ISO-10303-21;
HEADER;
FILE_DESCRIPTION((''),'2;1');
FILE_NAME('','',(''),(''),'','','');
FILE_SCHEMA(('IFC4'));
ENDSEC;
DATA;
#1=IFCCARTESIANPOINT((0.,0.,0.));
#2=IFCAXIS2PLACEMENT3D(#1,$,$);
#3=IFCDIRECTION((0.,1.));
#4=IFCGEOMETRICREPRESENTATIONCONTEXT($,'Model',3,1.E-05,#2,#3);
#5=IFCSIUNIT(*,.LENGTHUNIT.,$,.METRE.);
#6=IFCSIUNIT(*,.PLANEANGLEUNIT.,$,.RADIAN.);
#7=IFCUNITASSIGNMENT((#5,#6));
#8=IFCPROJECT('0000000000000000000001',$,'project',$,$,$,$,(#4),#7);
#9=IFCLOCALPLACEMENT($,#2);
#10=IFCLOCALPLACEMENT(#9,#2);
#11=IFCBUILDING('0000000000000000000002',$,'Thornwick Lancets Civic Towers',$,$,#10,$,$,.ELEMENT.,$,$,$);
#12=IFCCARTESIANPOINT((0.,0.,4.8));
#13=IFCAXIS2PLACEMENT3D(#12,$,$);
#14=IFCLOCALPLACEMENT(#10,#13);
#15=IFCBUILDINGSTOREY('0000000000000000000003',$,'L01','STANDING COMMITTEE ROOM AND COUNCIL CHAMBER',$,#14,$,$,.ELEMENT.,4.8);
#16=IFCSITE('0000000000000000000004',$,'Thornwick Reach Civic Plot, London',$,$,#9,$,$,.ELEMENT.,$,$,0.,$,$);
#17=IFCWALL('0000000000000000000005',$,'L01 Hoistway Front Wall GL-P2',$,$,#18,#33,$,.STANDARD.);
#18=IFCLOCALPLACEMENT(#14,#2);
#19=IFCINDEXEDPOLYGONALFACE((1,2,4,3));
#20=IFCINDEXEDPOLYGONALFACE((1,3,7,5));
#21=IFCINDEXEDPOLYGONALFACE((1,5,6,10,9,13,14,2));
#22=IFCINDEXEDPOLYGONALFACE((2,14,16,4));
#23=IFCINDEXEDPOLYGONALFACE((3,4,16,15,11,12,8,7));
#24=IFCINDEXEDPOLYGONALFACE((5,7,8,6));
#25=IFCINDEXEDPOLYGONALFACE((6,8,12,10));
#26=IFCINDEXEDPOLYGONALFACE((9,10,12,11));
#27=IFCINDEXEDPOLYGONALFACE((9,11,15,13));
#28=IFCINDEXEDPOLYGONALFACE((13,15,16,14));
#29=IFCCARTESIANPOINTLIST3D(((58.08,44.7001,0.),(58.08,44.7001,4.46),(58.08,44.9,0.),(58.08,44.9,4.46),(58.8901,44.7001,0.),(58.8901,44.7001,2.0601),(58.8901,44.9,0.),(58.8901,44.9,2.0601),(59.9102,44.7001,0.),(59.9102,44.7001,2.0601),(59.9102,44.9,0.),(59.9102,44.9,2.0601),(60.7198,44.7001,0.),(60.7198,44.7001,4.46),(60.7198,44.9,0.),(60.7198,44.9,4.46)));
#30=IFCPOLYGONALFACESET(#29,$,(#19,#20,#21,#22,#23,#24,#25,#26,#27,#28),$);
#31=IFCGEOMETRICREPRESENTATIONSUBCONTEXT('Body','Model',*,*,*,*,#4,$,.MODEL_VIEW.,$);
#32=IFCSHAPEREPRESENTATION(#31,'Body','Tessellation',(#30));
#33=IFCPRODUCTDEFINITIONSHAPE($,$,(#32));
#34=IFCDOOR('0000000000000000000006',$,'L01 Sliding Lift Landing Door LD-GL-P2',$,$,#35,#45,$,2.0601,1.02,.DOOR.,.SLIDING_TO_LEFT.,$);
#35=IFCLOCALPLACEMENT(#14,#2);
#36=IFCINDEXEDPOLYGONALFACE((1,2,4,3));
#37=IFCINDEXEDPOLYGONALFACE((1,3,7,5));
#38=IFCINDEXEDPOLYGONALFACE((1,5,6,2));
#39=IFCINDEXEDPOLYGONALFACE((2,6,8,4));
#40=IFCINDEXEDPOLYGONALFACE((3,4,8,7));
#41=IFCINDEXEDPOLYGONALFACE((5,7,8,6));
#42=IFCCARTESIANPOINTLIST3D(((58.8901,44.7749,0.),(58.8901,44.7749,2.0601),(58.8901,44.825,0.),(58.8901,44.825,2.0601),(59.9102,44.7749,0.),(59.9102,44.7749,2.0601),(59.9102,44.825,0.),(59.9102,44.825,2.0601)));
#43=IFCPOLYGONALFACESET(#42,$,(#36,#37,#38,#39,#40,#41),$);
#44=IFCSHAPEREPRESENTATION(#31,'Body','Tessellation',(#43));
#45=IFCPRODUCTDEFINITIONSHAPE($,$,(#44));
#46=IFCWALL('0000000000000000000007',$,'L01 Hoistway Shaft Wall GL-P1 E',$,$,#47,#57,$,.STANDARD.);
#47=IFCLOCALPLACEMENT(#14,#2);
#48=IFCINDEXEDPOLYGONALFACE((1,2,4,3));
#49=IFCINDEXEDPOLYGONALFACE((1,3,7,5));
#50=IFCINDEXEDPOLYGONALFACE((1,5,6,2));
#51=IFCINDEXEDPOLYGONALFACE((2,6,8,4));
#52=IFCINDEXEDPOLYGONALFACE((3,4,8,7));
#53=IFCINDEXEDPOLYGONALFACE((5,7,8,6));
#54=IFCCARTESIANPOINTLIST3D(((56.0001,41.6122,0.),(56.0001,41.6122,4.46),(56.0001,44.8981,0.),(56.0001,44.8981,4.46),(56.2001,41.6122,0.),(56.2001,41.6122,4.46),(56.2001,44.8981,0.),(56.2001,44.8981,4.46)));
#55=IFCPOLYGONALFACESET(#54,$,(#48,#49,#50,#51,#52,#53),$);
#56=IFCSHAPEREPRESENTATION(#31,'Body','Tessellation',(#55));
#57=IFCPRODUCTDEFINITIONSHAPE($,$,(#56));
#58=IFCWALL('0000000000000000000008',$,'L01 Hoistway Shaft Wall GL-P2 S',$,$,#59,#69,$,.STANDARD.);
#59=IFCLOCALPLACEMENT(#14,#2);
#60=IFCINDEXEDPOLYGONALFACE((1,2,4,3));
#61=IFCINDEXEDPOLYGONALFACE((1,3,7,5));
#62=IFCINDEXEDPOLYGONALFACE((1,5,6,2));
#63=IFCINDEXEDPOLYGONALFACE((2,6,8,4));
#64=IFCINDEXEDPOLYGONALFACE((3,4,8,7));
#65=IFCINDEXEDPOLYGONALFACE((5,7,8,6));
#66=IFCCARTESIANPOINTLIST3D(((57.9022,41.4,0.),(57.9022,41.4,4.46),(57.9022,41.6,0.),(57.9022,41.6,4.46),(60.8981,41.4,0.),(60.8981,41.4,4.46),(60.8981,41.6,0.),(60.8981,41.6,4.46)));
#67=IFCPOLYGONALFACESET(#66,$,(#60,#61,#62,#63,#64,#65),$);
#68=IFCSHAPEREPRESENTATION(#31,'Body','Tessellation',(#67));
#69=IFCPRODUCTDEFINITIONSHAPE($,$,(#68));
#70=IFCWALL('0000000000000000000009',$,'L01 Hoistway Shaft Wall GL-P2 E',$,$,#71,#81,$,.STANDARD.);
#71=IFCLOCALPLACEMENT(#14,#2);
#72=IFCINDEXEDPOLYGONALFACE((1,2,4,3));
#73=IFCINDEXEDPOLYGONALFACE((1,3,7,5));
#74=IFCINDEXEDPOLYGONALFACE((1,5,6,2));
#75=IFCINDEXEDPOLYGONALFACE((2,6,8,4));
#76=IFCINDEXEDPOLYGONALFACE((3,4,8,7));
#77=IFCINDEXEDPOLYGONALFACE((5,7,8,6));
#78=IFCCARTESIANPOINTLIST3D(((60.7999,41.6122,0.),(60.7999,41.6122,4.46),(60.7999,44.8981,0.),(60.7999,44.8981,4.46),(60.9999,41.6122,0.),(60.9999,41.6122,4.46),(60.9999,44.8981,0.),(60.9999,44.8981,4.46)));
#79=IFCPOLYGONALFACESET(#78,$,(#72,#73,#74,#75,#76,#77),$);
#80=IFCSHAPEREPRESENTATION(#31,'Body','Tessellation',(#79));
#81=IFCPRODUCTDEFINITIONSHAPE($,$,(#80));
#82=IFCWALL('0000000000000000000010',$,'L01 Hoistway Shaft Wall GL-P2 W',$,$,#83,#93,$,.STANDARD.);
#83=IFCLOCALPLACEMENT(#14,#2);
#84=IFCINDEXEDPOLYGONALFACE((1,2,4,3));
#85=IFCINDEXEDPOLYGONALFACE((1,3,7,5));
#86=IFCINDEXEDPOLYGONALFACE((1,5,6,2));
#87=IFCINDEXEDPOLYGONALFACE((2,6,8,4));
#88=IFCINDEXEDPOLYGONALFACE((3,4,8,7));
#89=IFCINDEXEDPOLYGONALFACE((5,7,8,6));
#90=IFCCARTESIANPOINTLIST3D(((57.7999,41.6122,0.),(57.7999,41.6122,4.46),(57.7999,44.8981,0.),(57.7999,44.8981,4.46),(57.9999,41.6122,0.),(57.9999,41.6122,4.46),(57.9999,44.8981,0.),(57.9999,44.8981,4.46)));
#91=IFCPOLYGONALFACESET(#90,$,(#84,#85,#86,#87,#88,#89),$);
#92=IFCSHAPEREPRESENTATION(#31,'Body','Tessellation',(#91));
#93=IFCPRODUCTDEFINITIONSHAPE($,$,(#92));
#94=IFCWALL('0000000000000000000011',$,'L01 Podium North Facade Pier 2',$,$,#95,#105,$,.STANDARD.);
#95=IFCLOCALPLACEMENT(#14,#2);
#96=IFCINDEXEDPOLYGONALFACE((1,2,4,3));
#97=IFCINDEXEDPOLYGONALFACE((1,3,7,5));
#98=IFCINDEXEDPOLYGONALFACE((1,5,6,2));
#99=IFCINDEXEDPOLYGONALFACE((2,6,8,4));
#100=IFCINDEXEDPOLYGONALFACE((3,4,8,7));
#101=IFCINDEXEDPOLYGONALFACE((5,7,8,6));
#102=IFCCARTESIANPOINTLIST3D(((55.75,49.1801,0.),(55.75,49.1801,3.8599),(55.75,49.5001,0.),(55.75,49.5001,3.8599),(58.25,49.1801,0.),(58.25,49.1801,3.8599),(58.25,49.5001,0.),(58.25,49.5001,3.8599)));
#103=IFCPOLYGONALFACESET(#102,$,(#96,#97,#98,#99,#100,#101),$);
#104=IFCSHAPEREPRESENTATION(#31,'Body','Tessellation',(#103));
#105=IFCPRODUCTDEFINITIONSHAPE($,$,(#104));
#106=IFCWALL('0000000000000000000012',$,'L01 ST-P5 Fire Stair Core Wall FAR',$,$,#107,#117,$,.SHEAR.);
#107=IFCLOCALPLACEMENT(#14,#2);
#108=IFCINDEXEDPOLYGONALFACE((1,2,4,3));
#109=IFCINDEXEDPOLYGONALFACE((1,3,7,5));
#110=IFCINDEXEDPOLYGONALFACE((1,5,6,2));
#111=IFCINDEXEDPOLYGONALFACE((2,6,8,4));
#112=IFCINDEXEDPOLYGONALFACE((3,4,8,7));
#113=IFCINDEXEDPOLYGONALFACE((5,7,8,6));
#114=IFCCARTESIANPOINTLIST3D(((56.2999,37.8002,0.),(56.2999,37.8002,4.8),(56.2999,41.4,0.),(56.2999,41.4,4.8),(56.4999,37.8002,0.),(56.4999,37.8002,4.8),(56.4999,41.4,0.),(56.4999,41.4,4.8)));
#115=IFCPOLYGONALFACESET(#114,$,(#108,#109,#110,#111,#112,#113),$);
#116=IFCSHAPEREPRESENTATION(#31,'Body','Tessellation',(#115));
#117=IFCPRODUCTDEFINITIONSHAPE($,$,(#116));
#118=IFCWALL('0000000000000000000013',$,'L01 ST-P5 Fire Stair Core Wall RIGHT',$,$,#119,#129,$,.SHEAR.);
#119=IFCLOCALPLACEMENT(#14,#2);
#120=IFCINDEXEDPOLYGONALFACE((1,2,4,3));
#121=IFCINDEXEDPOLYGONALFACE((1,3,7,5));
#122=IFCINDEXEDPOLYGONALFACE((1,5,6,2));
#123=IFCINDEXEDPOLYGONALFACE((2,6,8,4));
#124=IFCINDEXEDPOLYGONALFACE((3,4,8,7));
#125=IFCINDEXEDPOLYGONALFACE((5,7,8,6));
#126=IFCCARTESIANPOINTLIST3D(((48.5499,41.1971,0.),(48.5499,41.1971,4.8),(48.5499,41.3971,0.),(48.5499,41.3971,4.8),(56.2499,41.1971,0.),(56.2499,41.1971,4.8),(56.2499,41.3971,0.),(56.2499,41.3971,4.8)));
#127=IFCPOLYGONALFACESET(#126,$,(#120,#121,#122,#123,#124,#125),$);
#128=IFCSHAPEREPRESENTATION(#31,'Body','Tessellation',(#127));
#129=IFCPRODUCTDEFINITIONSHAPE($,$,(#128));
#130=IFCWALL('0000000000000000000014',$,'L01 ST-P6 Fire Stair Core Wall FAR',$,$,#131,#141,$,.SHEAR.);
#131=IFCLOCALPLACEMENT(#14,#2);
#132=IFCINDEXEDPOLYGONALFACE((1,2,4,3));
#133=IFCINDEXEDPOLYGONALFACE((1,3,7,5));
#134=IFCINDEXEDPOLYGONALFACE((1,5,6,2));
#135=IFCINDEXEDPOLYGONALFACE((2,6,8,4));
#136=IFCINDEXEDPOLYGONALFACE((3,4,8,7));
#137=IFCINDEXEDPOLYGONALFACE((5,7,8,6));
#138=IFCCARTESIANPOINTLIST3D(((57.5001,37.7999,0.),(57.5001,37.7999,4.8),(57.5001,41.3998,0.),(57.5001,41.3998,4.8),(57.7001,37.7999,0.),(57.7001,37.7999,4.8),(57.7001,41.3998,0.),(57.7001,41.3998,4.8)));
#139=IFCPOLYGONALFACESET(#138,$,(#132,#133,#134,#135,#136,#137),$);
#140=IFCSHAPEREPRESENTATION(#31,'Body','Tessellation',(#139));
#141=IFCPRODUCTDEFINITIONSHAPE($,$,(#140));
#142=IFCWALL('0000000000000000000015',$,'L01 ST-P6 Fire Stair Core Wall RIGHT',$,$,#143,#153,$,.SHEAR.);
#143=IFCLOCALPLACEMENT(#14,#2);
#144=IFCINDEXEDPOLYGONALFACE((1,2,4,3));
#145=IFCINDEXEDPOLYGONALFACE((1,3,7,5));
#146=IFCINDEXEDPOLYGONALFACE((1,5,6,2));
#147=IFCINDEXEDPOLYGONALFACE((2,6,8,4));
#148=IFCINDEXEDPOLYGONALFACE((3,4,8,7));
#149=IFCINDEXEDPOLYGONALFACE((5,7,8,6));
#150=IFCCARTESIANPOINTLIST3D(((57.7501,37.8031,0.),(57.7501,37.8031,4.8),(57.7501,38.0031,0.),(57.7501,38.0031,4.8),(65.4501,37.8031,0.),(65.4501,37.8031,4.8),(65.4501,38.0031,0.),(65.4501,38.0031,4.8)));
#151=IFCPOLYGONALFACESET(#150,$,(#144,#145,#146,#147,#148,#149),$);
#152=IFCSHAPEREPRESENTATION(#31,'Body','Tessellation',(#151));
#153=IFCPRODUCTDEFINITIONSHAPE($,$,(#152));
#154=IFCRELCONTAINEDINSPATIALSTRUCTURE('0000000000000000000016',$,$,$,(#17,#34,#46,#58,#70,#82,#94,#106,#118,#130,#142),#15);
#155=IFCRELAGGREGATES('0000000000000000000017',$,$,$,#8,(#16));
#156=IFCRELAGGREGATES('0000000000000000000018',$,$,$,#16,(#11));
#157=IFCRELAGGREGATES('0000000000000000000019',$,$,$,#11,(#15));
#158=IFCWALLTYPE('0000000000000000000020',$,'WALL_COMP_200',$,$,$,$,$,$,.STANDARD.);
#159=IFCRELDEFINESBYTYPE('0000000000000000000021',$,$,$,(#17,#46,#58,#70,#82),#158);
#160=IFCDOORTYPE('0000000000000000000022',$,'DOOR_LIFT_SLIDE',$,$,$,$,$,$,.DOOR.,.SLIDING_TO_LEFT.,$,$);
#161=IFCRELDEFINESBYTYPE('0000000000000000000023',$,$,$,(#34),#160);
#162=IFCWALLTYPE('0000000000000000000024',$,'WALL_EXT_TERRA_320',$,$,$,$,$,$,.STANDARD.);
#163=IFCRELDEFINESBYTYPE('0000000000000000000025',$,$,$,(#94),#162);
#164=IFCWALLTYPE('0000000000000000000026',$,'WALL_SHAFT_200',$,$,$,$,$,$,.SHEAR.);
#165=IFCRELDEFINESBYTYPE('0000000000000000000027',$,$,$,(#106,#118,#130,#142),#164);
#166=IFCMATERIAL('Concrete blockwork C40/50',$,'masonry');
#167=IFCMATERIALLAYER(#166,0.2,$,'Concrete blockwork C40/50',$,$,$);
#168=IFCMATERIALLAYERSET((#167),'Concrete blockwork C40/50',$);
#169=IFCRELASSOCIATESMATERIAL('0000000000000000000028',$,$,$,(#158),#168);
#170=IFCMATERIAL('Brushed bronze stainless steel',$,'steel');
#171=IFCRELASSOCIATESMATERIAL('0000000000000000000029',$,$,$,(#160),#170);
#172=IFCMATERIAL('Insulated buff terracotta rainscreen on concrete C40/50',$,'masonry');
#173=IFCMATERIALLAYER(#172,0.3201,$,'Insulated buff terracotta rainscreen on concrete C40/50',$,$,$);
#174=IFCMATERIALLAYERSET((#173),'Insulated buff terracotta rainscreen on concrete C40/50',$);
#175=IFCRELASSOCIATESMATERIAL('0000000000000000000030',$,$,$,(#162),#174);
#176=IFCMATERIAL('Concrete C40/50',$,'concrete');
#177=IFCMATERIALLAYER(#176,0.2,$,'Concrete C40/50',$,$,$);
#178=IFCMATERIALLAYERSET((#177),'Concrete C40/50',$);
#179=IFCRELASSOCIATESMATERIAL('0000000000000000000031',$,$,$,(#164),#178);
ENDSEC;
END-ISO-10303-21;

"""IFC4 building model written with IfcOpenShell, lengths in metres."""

from ifc_helpers import new_model, si_unit, direction, frame, frame_2d, origin, place, context, subcontext, project, spatial, rectangle, extrude, material, layer, layer_set, type_object, element, fill, save


model = new_model("IFC4")

# Units and contexts
model_context = context("Model", 3, precision=1e-05, world=origin(), true_north=direction((0.0, 1.0)))
body_context = subcontext(model_context, "Body", "Model", "MODEL_VIEW")
ifc_project = project(units=[si_unit("LENGTHUNIT", "METRE"), si_unit("PLANEANGLEUNIT", "RADIAN")], contexts=[model_context])

# Site, building, storey
site_placement = place(None, origin())
site = spatial("IfcSite", under=ifc_project, at=site_placement, Name="Thornwick Reach Civic Plot, London", CompositionType="ELEMENT", RefElevation=0.0)
building_placement = place(site_placement, origin())
building = spatial("IfcBuilding", under=site, at=building_placement, Name="Thornwick Lancets Civic Towers", CompositionType="ELEMENT")
storey_placement = place(building_placement, frame((0.0, 0.0, 4.8)))
storey = spatial("IfcBuildingStorey", under=building, at=storey_placement, Name="L01", Description="STANDING COMMITTEE ROOM AND COUNCIL CHAMBER", CompositionType="ELEMENT", Elevation=4.8)

# Shared definitions
ifc_material_1 = material(Name="Concrete C40/50", Category="concrete")

# Wall, opening, door
ifc_material_2 = material(Name="Concrete blockwork C40/50", Category="masonry")
ifc_layer_1 = layer(ifc_material_2, 0.2, Name="Concrete blockwork C40/50")
ifc_layer_set_1 = layer_set([ifc_layer_1], Name="Concrete blockwork C40/50")
wall_type_1 = type_object("IfcWallType", Name="WALL_COMP_200", PredefinedType="STANDARD", material=ifc_layer_set_1)
wall_1_placement = place(storey_placement, frame((58.0801, 44.8, 0.0), z_axis=(0.0, 0.0, 1.0), x_axis=(1.0, 0.0, 0.0)))
wall_1 = element("IfcWall", 1, at=wall_1_placement, inside=storey, type_object=wall_type_1, Name="L01 Hoistway Front Wall GL-P2", PredefinedType="STANDARD", context=body_context, shape_type="SweptSolid", body=[
    extrude(rectangle(XDim=2.6399, YDim=0.2, at=frame_2d((1.3198, 0.0))), origin(), (0.0, 0.0, 1.0), 4.46),
])
opening_placement = place(wall_1_placement, frame((0.8101, 0.0, 0.0)))
opening = element("IfcOpeningElement", 2, at=opening_placement, cuts=wall_1, PredefinedType="OPENING", context=body_context, shape_type="SweptSolid", body=[
    extrude(rectangle(XDim=1.02, YDim=2.0601, at=frame_2d((0.51, 1.03))), frame((0.0, 0.1099, 0.0), z_axis=(0.0, -1.0, 0.0), x_axis=(1.0, 0.0, 0.0)), (0.0, 0.0, 1.0), 0.22),
])
ifc_material_3 = material(Name="Brushed bronze stainless steel", Category="steel")
door_type = type_object("IfcDoorType", Name="DOOR_LIFT_SLIDE", OperationType="SLIDING_TO_LEFT", PredefinedType="DOOR", material=ifc_material_3)
door_placement = place(opening_placement, origin())
door = element("IfcDoor", 3, at=door_placement, inside=storey, type_object=door_type, Name="L01 Sliding Lift Landing Door LD-GL-P2", OperationType="SLIDING_TO_LEFT", OverallHeight=2.0601, OverallWidth=1.02, PredefinedType="DOOR", context=body_context, shape_type="SweptSolid", body=[
    extrude(rectangle(XDim=1.02, YDim=2.0601, at=frame_2d((0.51, 1.03))), frame((0.0, 0.0249, 0.0), z_axis=(0.0, -1.0, 0.0), x_axis=(1.0, 0.0, 0.0)), (0.0, 0.0, 1.0), 0.05),
])
fill(opening, door)

# Walls
wall_2_placement = place(storey_placement, frame((56.1001, 41.6121, 0.0), z_axis=(0.0, 0.0, 1.0), x_axis=(0.0, 1.0, 0.0)))
element("IfcWall", 4, at=wall_2_placement, inside=storey, type_object=wall_type_1, Name="L01 Hoistway Shaft Wall GL-P1 E", PredefinedType="STANDARD", context=body_context, shape_type="SweptSolid", body=[
    extrude(rectangle(XDim=3.2859, YDim=0.2, at=frame_2d((1.6431, 0.0))), origin(), (0.0, 0.0, 1.0), 4.46),
])
wall_3_placement = place(storey_placement, frame((57.9021, 41.5, 0.0), z_axis=(0.0, 0.0, 1.0), x_axis=(1.0, 0.0, 0.0)))
element("IfcWall", 5, at=wall_3_placement, inside=storey, type_object=wall_type_1, Name="L01 Hoistway Shaft Wall GL-P2 S", PredefinedType="STANDARD", context=body_context, shape_type="SweptSolid", body=[
    extrude(rectangle(XDim=2.9958, YDim=0.2, at=frame_2d((1.498, 0.0))), origin(), (0.0, 0.0, 1.0), 4.46),
])
for number, where, z_axis, x_axis, name in (
    (6, (60.8999, 41.6121, 0.0), (0.0, 0.0, 1.0), (0.0, 1.0, 0.0), "L01 Hoistway Shaft Wall GL-P2 E"),
    (7, (57.8999, 41.6121, 0.0), (0.0, 0.0, 1.0), (0.0, 1.0, 0.0), "L01 Hoistway Shaft Wall GL-P2 W"),
):
    element("IfcWall", number, at=place(storey_placement, frame(where, z_axis=z_axis, x_axis=x_axis)), inside=storey, type_object=wall_type_1, Name=name, PredefinedType="STANDARD", context=body_context, shape_type="SweptSolid", body=[
        extrude(rectangle(XDim=3.2859, YDim=0.2, at=frame_2d((1.6431, 0.0))), origin(), (0.0, 0.0, 1.0), 4.46),
    ])
ifc_material_4 = material(Name="Insulated buff terracotta rainscreen on concrete C40/50", Category="masonry")
ifc_layer_2 = layer(ifc_material_4, 0.3201, Name="Insulated buff terracotta rainscreen on concrete C40/50")
ifc_layer_set_2 = layer_set([ifc_layer_2], Name="Insulated buff terracotta rainscreen on concrete C40/50")
wall_type_2 = type_object("IfcWallType", Name="WALL_EXT_TERRA_320", PredefinedType="STANDARD", material=ifc_layer_set_2)
wall_4_placement = place(storey_placement, frame((58.25, 49.3401, 0.0), z_axis=(0.0, 0.0, 1.0), x_axis=(-1.0, 0.0, 0.0)))
element("IfcWall", 8, at=wall_4_placement, inside=storey, type_object=wall_type_2, Name="L01 Podium North Facade Pier 2", PredefinedType="STANDARD", context=body_context, shape_type="SweptSolid", body=[
    extrude(rectangle(XDim=2.5, YDim=0.3201, at=frame_2d((1.25, 0.0))), origin(), (0.0, 0.0, 1.0), 3.8599),
])
ifc_layer_3 = layer(ifc_material_1, 0.2, Name="Concrete C40/50")
ifc_layer_set_3 = layer_set([ifc_layer_3], Name="Concrete C40/50")
wall_type_3 = type_object("IfcWallType", Name="WALL_SHAFT_200", PredefinedType="SHEAR", material=ifc_layer_set_3)
wall_5_placement = place(storey_placement, frame((56.3999, 41.3999, 0.0), z_axis=(0.0, 0.0, 1.0), x_axis=(0.0, -1.0, 0.0)))
element("IfcWall", 9, at=wall_5_placement, inside=storey, type_object=wall_type_3, Name="L01 ST-P5 Fire Stair Core Wall FAR", PredefinedType="SHEAR", context=body_context, shape_type="SweptSolid", body=[
    extrude(rectangle(XDim=3.5999, YDim=0.2, at=frame_2d((1.7998, 0.0))), origin(), (0.0, 0.0, 1.0), 4.8),
])
wall_6_placement = place(storey_placement, frame((56.25, 41.2971, 0.0), z_axis=(0.0, 0.0, 1.0), x_axis=(-1.0, 0.0, 0.0)))
element("IfcWall", 10, at=wall_6_placement, inside=storey, type_object=wall_type_3, Name="L01 ST-P5 Fire Stair Core Wall RIGHT", PredefinedType="SHEAR", context=body_context, shape_type="SweptSolid", body=[
    extrude(rectangle(XDim=7.7, YDim=0.2, at=frame_2d((3.8501, 0.0))), origin(), (0.0, 0.0, 1.0), 4.8),
])
wall_7_placement = place(storey_placement, frame((57.6001, 37.8, 0.0), z_axis=(0.0, 0.0, 1.0), x_axis=(0.0, 1.0, 0.0)))
element("IfcWall", 11, at=wall_7_placement, inside=storey, type_object=wall_type_3, Name="L01 ST-P6 Fire Stair Core Wall FAR", PredefinedType="SHEAR", context=body_context, shape_type="SweptSolid", body=[
    extrude(rectangle(XDim=3.5999, YDim=0.2, at=frame_2d((1.7998, 0.0))), origin(), (0.0, 0.0, 1.0), 4.8),
])
wall_8_placement = place(storey_placement, frame((57.75, 37.9031, 0.0), z_axis=(0.0, 0.0, 1.0), x_axis=(1.0, 0.0, 0.0)))
element("IfcWall", 12, at=wall_8_placement, inside=storey, type_object=wall_type_3, Name="L01 ST-P6 Fire Stair Core Wall RIGHT", PredefinedType="SHEAR", context=body_context, shape_type="SweptSolid", body=[
    extrude(rectangle(XDim=7.7, YDim=0.2, at=frame_2d((3.8501, 0.0))), origin(), (0.0, 0.0, 1.0), 4.8),
])

save(model, "model.ifc")
